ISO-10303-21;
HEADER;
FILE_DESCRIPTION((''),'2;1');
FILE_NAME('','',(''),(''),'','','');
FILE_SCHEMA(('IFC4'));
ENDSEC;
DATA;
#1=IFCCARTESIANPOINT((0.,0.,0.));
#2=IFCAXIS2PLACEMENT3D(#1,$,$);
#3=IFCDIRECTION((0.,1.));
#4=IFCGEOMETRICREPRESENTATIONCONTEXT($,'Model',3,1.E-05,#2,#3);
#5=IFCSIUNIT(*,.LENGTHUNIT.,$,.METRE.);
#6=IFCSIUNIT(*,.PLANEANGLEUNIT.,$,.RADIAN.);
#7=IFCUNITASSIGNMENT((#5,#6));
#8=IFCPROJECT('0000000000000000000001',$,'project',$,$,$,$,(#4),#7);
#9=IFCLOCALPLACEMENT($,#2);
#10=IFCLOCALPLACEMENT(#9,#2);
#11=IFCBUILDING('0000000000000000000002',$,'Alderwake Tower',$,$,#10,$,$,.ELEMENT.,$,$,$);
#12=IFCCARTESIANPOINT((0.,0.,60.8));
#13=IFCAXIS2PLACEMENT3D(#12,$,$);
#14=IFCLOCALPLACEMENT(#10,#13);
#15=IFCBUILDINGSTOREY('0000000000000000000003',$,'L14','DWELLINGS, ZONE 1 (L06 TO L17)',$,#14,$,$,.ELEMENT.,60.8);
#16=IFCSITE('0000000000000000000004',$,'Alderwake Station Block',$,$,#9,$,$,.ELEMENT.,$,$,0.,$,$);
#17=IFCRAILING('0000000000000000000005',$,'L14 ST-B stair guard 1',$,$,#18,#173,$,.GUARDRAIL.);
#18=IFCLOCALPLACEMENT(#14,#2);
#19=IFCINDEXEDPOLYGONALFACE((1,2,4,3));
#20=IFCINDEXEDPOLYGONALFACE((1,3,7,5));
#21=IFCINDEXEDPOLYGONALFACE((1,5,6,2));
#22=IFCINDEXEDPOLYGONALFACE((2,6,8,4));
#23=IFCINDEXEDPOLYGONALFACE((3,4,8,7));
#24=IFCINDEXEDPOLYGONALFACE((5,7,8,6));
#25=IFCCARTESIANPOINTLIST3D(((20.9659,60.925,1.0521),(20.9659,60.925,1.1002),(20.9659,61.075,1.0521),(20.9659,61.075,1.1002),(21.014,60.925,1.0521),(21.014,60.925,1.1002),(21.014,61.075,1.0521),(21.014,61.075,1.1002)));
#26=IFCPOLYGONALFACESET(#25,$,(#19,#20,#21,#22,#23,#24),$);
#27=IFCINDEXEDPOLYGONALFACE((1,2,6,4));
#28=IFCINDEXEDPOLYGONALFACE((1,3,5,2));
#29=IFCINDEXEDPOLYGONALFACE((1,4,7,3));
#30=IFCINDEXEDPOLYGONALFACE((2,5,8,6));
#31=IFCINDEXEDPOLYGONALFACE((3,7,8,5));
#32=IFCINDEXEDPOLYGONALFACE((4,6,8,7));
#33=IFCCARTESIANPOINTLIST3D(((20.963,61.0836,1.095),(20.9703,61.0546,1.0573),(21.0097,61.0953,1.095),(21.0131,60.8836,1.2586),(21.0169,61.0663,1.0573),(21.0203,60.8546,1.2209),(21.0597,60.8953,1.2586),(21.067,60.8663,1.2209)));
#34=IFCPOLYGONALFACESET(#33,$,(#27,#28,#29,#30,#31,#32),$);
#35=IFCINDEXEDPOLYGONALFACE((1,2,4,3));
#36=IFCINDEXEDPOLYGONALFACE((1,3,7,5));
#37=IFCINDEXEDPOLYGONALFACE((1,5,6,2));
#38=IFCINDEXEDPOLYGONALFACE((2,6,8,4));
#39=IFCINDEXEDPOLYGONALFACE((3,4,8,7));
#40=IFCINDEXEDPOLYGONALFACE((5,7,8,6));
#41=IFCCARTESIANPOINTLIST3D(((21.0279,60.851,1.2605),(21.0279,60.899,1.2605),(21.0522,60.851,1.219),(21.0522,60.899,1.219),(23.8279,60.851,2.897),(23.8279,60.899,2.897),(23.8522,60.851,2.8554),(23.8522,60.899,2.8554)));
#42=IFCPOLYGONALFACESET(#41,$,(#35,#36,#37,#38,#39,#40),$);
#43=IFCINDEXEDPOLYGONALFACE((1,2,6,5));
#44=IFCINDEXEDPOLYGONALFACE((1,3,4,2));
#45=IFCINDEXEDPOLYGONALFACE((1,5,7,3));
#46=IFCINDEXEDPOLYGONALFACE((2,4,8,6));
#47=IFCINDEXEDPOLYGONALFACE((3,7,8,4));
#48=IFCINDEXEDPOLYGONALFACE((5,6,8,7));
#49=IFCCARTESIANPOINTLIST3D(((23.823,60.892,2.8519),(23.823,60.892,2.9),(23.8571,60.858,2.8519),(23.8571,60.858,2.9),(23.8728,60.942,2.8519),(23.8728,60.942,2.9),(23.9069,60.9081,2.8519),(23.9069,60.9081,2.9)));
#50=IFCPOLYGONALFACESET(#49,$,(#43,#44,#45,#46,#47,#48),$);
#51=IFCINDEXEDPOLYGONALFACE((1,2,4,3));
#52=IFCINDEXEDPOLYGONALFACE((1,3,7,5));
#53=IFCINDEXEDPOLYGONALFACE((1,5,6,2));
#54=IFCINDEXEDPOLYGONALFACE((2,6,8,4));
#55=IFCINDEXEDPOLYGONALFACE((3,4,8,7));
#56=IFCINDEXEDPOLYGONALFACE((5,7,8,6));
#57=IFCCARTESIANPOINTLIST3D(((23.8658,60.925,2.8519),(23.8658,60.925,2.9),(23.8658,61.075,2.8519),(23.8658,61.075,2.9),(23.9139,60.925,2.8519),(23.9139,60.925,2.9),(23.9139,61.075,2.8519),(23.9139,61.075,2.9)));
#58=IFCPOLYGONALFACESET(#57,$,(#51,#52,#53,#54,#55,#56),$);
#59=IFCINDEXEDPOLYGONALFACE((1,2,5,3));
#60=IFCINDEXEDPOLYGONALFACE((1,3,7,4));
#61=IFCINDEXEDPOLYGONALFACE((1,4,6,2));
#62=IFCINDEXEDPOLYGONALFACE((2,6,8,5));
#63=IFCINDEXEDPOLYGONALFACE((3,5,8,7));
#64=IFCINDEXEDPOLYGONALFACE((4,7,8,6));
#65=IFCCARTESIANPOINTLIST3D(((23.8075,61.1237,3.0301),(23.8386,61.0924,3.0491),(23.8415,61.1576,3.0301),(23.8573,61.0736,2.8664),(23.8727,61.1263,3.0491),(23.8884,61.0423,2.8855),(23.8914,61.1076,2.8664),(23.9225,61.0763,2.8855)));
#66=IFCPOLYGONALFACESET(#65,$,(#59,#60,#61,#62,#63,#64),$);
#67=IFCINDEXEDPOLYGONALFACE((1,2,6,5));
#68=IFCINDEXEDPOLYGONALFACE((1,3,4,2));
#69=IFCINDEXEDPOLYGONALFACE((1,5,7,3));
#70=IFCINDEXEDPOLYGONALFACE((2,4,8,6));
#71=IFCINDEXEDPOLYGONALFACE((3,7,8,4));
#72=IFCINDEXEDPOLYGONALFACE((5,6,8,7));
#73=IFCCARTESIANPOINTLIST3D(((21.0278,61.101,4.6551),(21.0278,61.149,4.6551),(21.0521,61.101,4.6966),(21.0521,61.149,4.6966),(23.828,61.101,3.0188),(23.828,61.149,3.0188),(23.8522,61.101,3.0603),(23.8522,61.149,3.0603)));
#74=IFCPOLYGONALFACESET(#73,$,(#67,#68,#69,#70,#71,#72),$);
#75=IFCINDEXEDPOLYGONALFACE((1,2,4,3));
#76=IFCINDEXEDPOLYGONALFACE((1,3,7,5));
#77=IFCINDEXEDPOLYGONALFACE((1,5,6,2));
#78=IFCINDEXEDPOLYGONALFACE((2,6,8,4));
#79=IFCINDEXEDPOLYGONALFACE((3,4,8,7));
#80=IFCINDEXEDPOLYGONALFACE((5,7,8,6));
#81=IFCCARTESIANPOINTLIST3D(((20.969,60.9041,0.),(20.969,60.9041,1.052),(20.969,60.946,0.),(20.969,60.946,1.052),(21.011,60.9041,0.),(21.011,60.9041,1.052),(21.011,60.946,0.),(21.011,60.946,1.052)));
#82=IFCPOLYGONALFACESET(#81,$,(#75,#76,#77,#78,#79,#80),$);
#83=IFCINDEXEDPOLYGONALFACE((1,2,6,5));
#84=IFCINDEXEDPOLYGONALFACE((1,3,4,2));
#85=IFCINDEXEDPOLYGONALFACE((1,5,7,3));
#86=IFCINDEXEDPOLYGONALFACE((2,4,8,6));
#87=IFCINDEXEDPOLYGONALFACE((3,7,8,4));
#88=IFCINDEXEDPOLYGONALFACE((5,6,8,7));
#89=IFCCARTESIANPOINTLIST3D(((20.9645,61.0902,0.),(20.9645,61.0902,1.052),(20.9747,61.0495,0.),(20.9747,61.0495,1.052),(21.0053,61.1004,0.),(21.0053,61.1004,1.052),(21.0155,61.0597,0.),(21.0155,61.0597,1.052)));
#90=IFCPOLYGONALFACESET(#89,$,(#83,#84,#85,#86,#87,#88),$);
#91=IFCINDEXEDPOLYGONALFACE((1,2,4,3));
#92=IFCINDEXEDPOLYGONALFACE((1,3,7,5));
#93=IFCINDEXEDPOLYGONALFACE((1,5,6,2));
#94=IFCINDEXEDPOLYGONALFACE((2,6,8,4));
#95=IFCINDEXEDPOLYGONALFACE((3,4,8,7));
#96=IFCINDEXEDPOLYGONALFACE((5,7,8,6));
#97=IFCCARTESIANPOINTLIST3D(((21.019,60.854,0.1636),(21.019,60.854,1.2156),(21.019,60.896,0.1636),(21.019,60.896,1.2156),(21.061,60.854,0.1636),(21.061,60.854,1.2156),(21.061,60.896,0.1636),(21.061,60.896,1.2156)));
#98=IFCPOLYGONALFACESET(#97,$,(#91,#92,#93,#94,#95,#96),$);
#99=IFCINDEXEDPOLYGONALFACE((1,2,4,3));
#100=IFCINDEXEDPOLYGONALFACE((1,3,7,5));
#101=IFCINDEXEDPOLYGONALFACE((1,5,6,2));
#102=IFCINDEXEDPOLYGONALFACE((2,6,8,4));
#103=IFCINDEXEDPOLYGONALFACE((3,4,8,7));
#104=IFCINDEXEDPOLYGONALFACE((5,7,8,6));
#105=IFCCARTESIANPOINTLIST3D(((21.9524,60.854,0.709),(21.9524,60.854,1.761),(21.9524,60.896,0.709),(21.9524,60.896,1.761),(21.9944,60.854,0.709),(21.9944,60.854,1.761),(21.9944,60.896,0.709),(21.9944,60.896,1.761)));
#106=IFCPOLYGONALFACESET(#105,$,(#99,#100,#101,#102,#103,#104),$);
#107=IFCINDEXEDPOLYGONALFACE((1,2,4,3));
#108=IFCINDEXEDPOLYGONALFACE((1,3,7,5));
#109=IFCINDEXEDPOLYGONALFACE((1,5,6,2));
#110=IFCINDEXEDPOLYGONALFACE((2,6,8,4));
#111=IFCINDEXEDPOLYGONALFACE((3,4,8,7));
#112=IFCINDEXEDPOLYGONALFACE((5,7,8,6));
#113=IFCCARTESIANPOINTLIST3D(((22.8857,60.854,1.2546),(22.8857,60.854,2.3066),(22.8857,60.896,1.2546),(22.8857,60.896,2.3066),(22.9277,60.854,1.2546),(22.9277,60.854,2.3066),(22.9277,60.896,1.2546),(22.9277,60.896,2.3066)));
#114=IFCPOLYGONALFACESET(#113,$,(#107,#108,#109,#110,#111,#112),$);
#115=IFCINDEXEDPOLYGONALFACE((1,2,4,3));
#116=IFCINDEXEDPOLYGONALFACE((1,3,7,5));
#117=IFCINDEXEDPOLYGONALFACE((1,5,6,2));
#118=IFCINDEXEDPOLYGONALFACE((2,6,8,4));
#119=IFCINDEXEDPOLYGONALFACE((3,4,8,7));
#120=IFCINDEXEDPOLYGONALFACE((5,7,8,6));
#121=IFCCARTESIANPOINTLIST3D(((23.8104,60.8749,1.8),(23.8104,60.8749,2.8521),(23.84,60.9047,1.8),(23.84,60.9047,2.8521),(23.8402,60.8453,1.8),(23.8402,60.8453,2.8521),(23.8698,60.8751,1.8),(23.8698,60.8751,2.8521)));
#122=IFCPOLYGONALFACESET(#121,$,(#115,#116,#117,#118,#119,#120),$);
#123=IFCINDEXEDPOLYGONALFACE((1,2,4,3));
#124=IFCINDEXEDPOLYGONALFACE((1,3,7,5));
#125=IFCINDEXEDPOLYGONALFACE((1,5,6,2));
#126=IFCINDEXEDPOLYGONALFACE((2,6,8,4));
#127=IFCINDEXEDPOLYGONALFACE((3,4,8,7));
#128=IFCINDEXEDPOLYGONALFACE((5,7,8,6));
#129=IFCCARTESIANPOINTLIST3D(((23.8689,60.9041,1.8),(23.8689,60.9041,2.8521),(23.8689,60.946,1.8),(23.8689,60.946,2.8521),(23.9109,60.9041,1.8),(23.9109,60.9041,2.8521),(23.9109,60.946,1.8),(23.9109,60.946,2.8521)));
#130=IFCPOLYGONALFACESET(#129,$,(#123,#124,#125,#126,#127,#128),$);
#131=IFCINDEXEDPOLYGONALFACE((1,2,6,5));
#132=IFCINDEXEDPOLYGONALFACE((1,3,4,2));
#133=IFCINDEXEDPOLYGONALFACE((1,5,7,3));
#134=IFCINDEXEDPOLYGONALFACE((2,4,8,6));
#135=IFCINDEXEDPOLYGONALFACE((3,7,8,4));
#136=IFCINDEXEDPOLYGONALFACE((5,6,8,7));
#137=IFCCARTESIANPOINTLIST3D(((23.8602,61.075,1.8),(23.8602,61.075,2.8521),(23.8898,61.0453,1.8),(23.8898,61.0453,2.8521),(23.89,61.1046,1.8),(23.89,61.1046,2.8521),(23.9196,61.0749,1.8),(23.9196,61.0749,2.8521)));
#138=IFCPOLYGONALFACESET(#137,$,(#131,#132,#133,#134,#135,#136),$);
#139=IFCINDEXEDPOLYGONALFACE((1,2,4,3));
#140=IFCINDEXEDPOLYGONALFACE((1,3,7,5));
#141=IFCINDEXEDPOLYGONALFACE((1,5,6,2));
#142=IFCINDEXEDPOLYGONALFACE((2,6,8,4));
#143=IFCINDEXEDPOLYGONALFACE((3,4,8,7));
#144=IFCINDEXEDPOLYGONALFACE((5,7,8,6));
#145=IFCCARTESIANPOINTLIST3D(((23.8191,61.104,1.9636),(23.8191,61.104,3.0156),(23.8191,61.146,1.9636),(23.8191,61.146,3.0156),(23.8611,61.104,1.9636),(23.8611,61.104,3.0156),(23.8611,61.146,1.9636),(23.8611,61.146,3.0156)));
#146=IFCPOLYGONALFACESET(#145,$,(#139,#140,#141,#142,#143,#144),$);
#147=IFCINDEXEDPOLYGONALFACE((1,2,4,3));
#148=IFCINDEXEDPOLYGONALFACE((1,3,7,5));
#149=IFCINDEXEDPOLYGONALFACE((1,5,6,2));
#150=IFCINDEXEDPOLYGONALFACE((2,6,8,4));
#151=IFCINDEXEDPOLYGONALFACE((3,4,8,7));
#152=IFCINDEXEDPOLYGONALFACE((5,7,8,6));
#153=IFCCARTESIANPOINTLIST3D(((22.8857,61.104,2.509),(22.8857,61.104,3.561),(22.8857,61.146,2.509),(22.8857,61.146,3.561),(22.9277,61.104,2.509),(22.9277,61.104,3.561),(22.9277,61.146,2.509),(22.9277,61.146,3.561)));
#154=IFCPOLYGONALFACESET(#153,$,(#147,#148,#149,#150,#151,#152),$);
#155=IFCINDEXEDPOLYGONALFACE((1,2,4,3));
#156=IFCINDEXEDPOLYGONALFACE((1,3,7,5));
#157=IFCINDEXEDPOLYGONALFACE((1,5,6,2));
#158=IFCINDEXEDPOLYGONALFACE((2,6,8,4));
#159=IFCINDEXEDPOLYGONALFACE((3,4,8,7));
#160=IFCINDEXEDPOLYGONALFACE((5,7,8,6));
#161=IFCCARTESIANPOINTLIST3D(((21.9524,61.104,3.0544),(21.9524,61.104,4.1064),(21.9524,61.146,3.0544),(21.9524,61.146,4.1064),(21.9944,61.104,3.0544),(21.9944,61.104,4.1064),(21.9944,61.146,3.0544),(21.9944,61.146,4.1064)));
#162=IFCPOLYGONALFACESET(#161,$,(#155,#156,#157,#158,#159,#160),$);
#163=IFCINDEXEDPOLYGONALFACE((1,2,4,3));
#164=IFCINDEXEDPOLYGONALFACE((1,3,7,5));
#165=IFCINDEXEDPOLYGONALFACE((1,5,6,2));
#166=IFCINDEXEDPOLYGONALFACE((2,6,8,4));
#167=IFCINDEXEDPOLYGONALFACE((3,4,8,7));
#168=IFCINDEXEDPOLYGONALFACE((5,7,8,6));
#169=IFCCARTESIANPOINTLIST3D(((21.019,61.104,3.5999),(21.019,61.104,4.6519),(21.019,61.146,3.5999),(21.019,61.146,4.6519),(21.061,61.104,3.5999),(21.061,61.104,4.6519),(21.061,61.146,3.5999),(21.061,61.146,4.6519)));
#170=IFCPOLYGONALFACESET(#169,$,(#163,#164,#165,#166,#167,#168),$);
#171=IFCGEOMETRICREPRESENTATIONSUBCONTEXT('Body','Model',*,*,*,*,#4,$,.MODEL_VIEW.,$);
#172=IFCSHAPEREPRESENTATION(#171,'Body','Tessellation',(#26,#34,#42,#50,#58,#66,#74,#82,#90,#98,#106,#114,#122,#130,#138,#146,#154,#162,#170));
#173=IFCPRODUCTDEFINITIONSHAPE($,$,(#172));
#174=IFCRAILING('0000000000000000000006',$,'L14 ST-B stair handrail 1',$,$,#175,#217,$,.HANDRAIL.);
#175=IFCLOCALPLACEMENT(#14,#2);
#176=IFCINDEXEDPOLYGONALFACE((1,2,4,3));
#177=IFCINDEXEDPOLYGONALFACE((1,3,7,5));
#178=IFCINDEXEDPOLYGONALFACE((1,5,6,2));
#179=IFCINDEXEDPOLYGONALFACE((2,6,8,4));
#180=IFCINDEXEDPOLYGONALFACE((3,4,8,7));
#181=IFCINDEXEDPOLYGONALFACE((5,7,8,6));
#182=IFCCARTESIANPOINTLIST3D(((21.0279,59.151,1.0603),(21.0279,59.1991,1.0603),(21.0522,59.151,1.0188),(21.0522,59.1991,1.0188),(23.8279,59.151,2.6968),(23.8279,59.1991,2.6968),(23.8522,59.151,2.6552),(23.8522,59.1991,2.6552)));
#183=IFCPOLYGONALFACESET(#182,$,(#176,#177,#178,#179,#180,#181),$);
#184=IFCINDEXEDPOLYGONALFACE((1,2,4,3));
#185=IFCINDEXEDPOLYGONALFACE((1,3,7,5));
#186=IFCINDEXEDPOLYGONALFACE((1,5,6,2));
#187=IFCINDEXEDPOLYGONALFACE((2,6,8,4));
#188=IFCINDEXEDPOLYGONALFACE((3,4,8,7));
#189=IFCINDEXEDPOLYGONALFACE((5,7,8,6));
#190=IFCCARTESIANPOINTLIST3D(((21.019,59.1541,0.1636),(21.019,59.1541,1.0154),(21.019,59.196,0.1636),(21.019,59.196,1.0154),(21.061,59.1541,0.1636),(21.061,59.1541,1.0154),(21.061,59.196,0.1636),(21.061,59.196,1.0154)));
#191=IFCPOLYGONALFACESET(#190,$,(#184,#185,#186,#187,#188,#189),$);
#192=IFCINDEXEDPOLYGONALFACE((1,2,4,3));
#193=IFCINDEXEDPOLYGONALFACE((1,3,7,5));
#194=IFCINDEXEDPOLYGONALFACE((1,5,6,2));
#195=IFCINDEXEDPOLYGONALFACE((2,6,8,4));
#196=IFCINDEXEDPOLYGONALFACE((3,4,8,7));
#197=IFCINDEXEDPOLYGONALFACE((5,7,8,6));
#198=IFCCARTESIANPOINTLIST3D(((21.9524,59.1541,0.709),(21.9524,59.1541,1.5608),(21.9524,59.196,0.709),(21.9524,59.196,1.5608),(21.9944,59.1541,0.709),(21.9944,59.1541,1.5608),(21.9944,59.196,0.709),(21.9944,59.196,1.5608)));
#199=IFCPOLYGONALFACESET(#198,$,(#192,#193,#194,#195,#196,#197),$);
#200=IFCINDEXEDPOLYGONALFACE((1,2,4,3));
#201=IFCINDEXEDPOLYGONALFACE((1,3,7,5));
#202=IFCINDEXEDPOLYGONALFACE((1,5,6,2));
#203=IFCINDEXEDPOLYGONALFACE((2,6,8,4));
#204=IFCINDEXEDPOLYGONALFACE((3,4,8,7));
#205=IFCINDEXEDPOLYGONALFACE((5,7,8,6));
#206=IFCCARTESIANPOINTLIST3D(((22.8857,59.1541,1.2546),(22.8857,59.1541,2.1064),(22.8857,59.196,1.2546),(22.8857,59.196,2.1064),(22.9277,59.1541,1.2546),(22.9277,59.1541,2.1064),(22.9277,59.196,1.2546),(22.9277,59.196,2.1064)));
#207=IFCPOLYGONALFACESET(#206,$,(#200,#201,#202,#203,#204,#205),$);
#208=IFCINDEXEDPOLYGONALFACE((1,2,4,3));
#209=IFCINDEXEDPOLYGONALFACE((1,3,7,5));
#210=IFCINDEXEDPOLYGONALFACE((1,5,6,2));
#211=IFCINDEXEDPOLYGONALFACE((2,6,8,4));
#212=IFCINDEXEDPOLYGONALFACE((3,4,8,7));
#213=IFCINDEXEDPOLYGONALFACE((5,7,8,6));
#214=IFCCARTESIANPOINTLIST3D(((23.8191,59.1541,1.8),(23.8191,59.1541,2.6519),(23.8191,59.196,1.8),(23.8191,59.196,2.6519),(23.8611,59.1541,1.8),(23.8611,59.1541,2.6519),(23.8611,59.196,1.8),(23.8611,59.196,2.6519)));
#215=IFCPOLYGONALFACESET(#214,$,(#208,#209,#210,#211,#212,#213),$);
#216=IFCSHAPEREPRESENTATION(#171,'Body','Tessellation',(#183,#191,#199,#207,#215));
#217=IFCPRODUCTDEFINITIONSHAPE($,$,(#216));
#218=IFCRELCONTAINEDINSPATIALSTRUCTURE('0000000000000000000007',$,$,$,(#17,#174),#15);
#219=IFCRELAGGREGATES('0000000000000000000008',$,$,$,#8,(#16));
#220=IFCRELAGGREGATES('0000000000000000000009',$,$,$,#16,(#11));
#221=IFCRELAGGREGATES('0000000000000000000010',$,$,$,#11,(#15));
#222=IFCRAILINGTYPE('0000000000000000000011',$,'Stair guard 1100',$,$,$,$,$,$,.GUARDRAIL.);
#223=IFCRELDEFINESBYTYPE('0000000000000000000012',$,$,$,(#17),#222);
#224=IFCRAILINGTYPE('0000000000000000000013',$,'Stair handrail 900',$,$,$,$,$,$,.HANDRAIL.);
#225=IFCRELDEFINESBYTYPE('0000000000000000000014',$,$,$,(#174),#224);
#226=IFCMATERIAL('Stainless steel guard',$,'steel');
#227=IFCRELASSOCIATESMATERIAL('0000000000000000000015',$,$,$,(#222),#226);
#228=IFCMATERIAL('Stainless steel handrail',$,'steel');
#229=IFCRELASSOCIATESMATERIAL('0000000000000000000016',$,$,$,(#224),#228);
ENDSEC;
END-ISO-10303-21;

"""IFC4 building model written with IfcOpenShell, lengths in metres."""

from ifc_helpers import new_model, si_unit, direction, frame, origin, origin_with_axes, origin_2d, place, context, subcontext, project, spatial, rectangle, extrude, material, type_object, element, save


model = new_model("IFC4")

# Units and contexts
model_context = context("Model", 3, precision=1e-05, world=origin(), true_north=direction((0.0, 1.0)))
body_context = subcontext(model_context, "Body", "Model", "MODEL_VIEW")
ifc_project = project(units=[si_unit("LENGTHUNIT", "METRE"), si_unit("PLANEANGLEUNIT", "RADIAN")], contexts=[model_context])

# Site, building, storey
site_placement = place(None, origin())
site = spatial("IfcSite", under=ifc_project, at=site_placement, Name="Alderwake Station Block", CompositionType="ELEMENT", RefElevation=0.0)
building_placement = place(site_placement, origin())
building = spatial("IfcBuilding", under=site, at=building_placement, Name="Alderwake Tower", CompositionType="ELEMENT")
storey_placement = place(building_placement, frame((0.0, 0.0, 60.8)))
storey = spatial("IfcBuildingStorey", under=building, at=storey_placement, Name="L14", Description="DWELLINGS, ZONE 1 (L06 TO L17)", CompositionType="ELEMENT", Elevation=60.8)

# Railings
ifc_material_1 = material(Name="Stainless steel guard", Category="steel")
railing_type_1 = type_object("IfcRailingType", Name="Stair guard 1100", PredefinedType="GUARDRAIL", material=ifc_material_1)
railing_1_placement = place(storey_placement, frame((20.99, 60.925, 0.0)))
element("IfcRailing", 1, at=railing_1_placement, inside=storey, type_object=railing_type_1, Name="L14 ST-B stair guard 1", PredefinedType="GUARDRAIL", context=body_context, shape_type="SweptSolid", body=[
    extrude(rectangle(XDim=0.0481, YDim=0.0481, at=origin_2d()), frame((0.0, 0.0, 1.0762), z_axis=(0.0, 1.0, 0.0), x_axis=(-1.0, 0.0, 0.0)), (0.0, 0.0, 1.0), 0.1499),
    extrude(rectangle(XDim=0.0481, YDim=0.0481, at=origin_2d()), frame((0.0, 0.1499, 1.0762), z_axis=(0.1902, -0.75987, 0.621628), x_axis=(0.970073, 0.242814, 0.0)), (0.0, 0.0, 1.0), 0.2632),
    extrude(rectangle(XDim=0.0481, YDim=0.0481, at=origin_2d()), frame((0.05, -0.05, 1.2397), z_axis=(0.863361, 0.0, 0.504587), x_axis=(0.0, 1.0, 0.0)), (0.0, 0.0, 1.0), 3.2432),
    extrude(rectangle(XDim=0.0481, YDim=0.0481, at=origin_2d()), frame((2.8501, -0.05, 2.876), z_axis=(0.705376, 0.708834, 0.0), x_axis=(-0.708834, 0.705376, 0.0)), (0.0, 0.0, 1.0), 0.0706),
    extrude(rectangle(XDim=0.0481, YDim=0.0481, at=origin_2d()), frame((2.8999, 0.0, 2.876), z_axis=(0.0, 1.0, 0.0), x_axis=(-1.0, 0.0, 0.0)), (0.0, 0.0, 1.0), 0.1499),
    extrude(rectangle(XDim=0.0481, YDim=0.0481, at=origin_2d()), frame((2.8999, 0.1499, 2.876), z_axis=(-0.279546, 0.280917, 0.918118), x_axis=(-0.708834, -0.705376, 0.0)), (0.0, 0.0, 1.0), 0.1782),
    extrude(rectangle(XDim=0.0481, YDim=0.0481, at=origin_2d()), frame((2.8501, 0.2, 3.0396), z_axis=(-0.863394, 0.0, 0.504531), x_axis=(0.0, -1.0, 0.0)), (0.0, 0.0, 1.0), 3.2432),
    extrude(rectangle(XDim=0.042, YDim=0.042, at=origin_2d()), frame((0.0, 0.0, 0.0), z_axis=(0.0, 0.0, 1.0), x_axis=(0.0, 1.0, 0.0)), (0.0, 0.0, 1.0), 1.052),
    extrude(rectangle(XDim=0.042, YDim=0.042, at=origin_2d()), frame((0.0, 0.1499, 0.0), z_axis=(0.0, 0.0, 1.0), x_axis=(0.242814, -0.970073, 0.0)), (0.0, 0.0, 1.0), 1.052),
    extrude(rectangle(XDim=0.042, YDim=0.042, at=origin_2d()), frame((0.05, -0.05, 0.1636), z_axis=(0.0, 0.0, 1.0), x_axis=(1.0, 0.0, 0.0)), (0.0, 0.0, 1.0), 1.052),
    extrude(rectangle(XDim=0.042, YDim=0.042, at=origin_2d()), frame((0.9834, -0.05, 0.709), z_axis=(0.0, 0.0, 1.0), x_axis=(1.0, 0.0, 0.0)), (0.0, 0.0, 1.0), 1.052),
    extrude(rectangle(XDim=0.042, YDim=0.042, at=origin_2d()), frame((1.9167, -0.05, 1.2546), z_axis=(0.0, 0.0, 1.0), x_axis=(1.0, 0.0, 0.0)), (0.0, 0.0, 1.0), 1.052),
    extrude(rectangle(XDim=0.042, YDim=0.042, at=origin_2d()), frame((2.8501, -0.05, 1.8), z_axis=(0.0, 0.0, 1.0), x_axis=(0.705376, 0.708834, 0.0)), (0.0, 0.0, 1.0), 1.052),
    extrude(rectangle(XDim=0.042, YDim=0.042, at=origin_2d()), frame((2.8999, 0.0, 1.8), z_axis=(0.0, 0.0, 1.0), x_axis=(0.0, 1.0, 0.0)), (0.0, 0.0, 1.0), 1.052),
    extrude(rectangle(XDim=0.042, YDim=0.042, at=origin_2d()), frame((2.8999, 0.1499, 1.8), z_axis=(0.0, 0.0, 1.0), x_axis=(-0.705376, 0.708834, 0.0)), (0.0, 0.0, 1.0), 1.052),
    extrude(rectangle(XDim=0.042, YDim=0.042, at=origin_2d()), frame((2.8501, 0.2, 1.9636), z_axis=(0.0, 0.0, 1.0), x_axis=(-1.0, 0.0, 0.0)), (0.0, 0.0, 1.0), 1.052),
    extrude(rectangle(XDim=0.042, YDim=0.042, at=origin_2d()), frame((1.9167, 0.2, 2.509), z_axis=(0.0, 0.0, 1.0), x_axis=(-1.0, 0.0, 0.0)), (0.0, 0.0, 1.0), 1.052),
    extrude(rectangle(XDim=0.042, YDim=0.042, at=origin_2d()), frame((0.9834, 0.2, 3.0544), z_axis=(0.0, 0.0, 1.0), x_axis=(-1.0, 0.0, 0.0)), (0.0, 0.0, 1.0), 1.052),
    extrude(rectangle(XDim=0.042, YDim=0.042, at=origin_2d()), frame((0.05, 0.2, 3.5999), z_axis=(0.0, 0.0, 1.0), x_axis=(-1.0, 0.0, 0.0)), (0.0, 0.0, 1.0), 1.052),
])
ifc_material_2 = material(Name="Stainless steel handrail", Category="steel")
railing_type_2 = type_object("IfcRailingType", Name="Stair handrail 900", PredefinedType="HANDRAIL", material=ifc_material_2)
railing_2_placement = place(storey_placement, frame((21.04, 59.175, 0.1636)))
element("IfcRailing", 2, at=railing_2_placement, inside=storey, type_object=railing_type_2, Name="L14 ST-B stair handrail 1", PredefinedType="HANDRAIL", context=body_context, shape_type="SweptSolid", body=[
    extrude(rectangle(XDim=0.0481, YDim=0.0481, at=origin_2d()), frame((0.0, 0.0, 0.876), z_axis=(0.863361, 0.0, 0.504587), x_axis=(0.0, 1.0, 0.0)), (0.0, 0.0, 1.0), 3.2432),
    extrude(rectangle(XDim=0.042, YDim=0.042, at=origin_2d()), origin_with_axes(), (0.0, 0.0, 1.0), 0.8518),
    extrude(rectangle(XDim=0.042, YDim=0.042, at=origin_2d()), frame((0.9333, 0.0, 0.5454), z_axis=(0.0, 0.0, 1.0), x_axis=(1.0, 0.0, 0.0)), (0.0, 0.0, 1.0), 0.8518),
    extrude(rectangle(XDim=0.042, YDim=0.042, at=origin_2d()), frame((1.8667, 0.0, 1.0911), z_axis=(0.0, 0.0, 1.0), x_axis=(1.0, 0.0, 0.0)), (0.0, 0.0, 1.0), 0.8518),
    extrude(rectangle(XDim=0.042, YDim=0.042, at=origin_2d()), frame((2.8, 0.0, 1.6365), z_axis=(0.0, 0.0, 1.0), x_axis=(1.0, 0.0, 0.0)), (0.0, 0.0, 1.0), 0.8518),
])

save(model, "model.ifc")
